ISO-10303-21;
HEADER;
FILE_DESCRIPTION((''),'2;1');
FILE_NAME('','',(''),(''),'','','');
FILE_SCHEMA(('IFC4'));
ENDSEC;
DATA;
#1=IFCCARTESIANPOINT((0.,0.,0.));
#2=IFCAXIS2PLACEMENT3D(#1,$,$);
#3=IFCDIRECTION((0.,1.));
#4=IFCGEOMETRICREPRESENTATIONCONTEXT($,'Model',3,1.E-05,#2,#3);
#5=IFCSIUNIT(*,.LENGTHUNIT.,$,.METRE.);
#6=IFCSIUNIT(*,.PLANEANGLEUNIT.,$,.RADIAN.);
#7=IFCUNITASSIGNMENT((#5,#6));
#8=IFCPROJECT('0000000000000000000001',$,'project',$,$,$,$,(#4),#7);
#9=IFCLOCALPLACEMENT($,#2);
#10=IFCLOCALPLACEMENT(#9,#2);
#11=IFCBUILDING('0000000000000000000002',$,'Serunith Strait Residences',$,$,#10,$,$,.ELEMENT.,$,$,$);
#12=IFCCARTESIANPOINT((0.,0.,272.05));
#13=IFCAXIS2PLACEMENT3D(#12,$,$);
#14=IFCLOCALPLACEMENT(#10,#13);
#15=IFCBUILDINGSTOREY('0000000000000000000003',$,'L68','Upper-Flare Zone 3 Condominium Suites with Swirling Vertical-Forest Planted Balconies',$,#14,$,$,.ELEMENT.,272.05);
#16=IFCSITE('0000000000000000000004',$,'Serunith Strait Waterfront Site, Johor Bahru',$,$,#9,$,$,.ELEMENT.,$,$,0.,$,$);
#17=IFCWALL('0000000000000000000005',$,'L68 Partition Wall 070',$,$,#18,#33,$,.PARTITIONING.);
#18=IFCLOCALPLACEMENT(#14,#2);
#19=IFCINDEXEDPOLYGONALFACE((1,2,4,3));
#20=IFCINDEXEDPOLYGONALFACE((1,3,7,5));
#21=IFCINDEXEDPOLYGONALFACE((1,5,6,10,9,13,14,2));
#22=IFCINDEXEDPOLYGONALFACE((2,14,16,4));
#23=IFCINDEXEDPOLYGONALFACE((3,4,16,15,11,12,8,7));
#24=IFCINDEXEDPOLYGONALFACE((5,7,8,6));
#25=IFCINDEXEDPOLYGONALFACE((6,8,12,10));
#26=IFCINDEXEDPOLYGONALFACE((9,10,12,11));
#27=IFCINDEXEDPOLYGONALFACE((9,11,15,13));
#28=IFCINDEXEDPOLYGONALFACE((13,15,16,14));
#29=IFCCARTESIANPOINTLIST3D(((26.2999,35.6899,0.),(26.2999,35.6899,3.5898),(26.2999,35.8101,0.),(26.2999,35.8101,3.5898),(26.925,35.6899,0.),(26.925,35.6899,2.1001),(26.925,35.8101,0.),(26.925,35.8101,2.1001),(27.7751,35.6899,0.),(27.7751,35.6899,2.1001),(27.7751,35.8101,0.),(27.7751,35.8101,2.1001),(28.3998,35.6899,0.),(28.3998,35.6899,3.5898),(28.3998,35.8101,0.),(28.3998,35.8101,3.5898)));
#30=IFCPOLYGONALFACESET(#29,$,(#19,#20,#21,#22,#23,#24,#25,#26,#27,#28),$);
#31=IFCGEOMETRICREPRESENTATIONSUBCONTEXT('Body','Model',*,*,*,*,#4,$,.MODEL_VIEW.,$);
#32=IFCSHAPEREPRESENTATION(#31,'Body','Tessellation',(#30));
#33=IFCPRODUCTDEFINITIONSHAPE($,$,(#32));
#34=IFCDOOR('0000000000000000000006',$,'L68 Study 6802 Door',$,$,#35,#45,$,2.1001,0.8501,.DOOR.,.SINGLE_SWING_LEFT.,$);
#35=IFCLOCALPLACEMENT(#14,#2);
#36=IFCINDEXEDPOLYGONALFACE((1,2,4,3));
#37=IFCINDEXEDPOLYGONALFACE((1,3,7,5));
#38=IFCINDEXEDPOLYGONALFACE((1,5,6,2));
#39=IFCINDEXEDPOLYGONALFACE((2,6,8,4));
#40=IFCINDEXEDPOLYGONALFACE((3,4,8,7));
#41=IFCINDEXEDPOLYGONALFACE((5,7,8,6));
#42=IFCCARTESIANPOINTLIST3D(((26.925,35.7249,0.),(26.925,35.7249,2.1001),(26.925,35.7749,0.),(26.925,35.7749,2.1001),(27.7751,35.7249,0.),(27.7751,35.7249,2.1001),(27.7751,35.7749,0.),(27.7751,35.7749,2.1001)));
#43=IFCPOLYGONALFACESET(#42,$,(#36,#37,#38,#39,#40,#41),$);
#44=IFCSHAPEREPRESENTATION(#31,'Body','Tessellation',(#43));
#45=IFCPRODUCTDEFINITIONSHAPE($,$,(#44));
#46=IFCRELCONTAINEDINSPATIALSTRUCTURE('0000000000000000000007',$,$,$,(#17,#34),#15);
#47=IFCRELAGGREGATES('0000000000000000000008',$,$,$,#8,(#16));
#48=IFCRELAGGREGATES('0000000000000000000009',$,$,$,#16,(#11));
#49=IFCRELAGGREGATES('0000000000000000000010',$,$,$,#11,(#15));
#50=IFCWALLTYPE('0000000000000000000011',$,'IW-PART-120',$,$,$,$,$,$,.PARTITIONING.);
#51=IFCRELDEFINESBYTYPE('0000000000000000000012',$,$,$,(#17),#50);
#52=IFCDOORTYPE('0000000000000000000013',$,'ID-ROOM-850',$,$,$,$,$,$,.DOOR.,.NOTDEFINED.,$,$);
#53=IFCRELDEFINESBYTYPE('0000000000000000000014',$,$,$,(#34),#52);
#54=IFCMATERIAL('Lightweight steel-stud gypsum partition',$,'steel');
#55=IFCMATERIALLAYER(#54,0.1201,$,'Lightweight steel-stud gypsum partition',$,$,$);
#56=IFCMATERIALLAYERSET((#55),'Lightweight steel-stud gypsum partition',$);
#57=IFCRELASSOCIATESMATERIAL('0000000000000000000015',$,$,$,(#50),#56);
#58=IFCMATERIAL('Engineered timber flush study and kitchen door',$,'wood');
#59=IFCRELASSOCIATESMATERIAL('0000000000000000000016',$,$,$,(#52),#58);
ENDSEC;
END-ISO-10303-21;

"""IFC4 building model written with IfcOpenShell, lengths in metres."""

from ifc_helpers import new_model, si_unit, direction, frame, frame_2d, origin, place, context, subcontext, project, spatial, rectangle, extrude, source, transform, mapped, material, layer, layer_set, type_object, element, fill, save


model = new_model("IFC4")

# Units and contexts
model_context = context("Model", 3, precision=1e-05, world=origin(), true_north=direction((0.0, 1.0)))
body_context = subcontext(model_context, "Body", "Model", "MODEL_VIEW")
ifc_project = project(units=[si_unit("LENGTHUNIT", "METRE"), si_unit("PLANEANGLEUNIT", "RADIAN")], contexts=[model_context])

# Site, building, storey
site_placement = place(None, origin())
site = spatial("IfcSite", under=ifc_project, at=site_placement, Name="Serunith Strait Waterfront Site, Johor Bahru", CompositionType="ELEMENT", RefElevation=0.0)
building_placement = place(site_placement, origin())
building = spatial("IfcBuilding", under=site, at=building_placement, Name="Serunith Strait Residences", CompositionType="ELEMENT")
storey_placement = place(building_placement, frame((0.0, 0.0, 272.05)))
storey = spatial("IfcBuildingStorey", under=building, at=storey_placement, Name="L68", Description="Upper-Flare Zone 3 Condominium Suites with Swirling Vertical-Forest Planted Balconies", CompositionType="ELEMENT", Elevation=272.05)

# Shared definitions
ifc_material_1 = material(Name="Lightweight steel-stud gypsum partition", Category="steel")
ifc_layer_1 = layer(ifc_material_1, 0.1201, Name="Lightweight steel-stud gypsum partition")
ifc_layer_set_1 = layer_set([ifc_layer_1], Name="Lightweight steel-stud gypsum partition")
wall_type = type_object("IfcWallType", Name="IW-PART-120", PredefinedType="PARTITIONING", material=ifc_layer_set_1)
ifc_material_2 = material(Name="Engineered timber flush study and kitchen door", Category="wood")
door_type_1 = type_object("IfcDoorType", Name="ID-ROOM-850", OperationType="NOTDEFINED", PredefinedType="DOOR", material=ifc_material_2)
shared_shape_1 = source(origin(), body_context, "Body", "SweptSolid", [
    extrude(rectangle(XDim=0.8501, YDim=2.1001, at=frame_2d((0.425, 1.05))), frame((0.0, 0.0249, 0.0), z_axis=(0.0, -1.0, 0.0), x_axis=(1.0, 0.0, 0.0)), (0.0, 0.0, 1.0), 0.05),
])

# Wall, opening, door
wall_1_placement = place(storey_placement, frame((26.3, 35.75, 0.0), z_axis=(0.0, 0.0, 1.0), x_axis=(1.0, 0.0, 0.0)))
wall_1 = element("IfcWall", 1, at=wall_1_placement, inside=storey, type_object=wall_type, Name="L68 Partition Wall 070", PredefinedType="PARTITIONING", context=body_context, shape_type="SweptSolid", body=[
    extrude(rectangle(XDim=2.0999, YDim=0.1201, at=frame_2d((1.0498, 0.0))), origin(), (0.0, 0.0, 1.0), 3.5898),
])
opening_1_placement = place(wall_1_placement, frame((0.625, 0.0, 0.0)))
opening_1 = element("IfcOpeningElement", 2, at=opening_1_placement, cuts=wall_1, PredefinedType="OPENING", context=body_context, shape_type="SweptSolid", body=[
    extrude(rectangle(XDim=0.8501, YDim=2.1001, at=frame_2d((0.425, 1.05))), frame((0.0, 0.0701, 0.0), z_axis=(0.0, -1.0, 0.0), x_axis=(1.0, 0.0, 0.0)), (0.0, 0.0, 1.0), 0.1401),
])
door_1_placement = place(opening_1_placement, origin())
door_1 = element("IfcDoor", 3, at=door_1_placement, inside=storey, type_object=door_type_1, Name="L68 Study 6802 Door", OperationType="SINGLE_SWING_LEFT", OverallHeight=2.1001, OverallWidth=0.8501, PredefinedType="DOOR", context=body_context, shape_type="MappedRepresentation", body=[
    mapped(shared_shape_1, transform((0.0, 0.0, 0.0), scale=1.0)),
])
fill(opening_1, door_1)

save(model, "model.ifc")
